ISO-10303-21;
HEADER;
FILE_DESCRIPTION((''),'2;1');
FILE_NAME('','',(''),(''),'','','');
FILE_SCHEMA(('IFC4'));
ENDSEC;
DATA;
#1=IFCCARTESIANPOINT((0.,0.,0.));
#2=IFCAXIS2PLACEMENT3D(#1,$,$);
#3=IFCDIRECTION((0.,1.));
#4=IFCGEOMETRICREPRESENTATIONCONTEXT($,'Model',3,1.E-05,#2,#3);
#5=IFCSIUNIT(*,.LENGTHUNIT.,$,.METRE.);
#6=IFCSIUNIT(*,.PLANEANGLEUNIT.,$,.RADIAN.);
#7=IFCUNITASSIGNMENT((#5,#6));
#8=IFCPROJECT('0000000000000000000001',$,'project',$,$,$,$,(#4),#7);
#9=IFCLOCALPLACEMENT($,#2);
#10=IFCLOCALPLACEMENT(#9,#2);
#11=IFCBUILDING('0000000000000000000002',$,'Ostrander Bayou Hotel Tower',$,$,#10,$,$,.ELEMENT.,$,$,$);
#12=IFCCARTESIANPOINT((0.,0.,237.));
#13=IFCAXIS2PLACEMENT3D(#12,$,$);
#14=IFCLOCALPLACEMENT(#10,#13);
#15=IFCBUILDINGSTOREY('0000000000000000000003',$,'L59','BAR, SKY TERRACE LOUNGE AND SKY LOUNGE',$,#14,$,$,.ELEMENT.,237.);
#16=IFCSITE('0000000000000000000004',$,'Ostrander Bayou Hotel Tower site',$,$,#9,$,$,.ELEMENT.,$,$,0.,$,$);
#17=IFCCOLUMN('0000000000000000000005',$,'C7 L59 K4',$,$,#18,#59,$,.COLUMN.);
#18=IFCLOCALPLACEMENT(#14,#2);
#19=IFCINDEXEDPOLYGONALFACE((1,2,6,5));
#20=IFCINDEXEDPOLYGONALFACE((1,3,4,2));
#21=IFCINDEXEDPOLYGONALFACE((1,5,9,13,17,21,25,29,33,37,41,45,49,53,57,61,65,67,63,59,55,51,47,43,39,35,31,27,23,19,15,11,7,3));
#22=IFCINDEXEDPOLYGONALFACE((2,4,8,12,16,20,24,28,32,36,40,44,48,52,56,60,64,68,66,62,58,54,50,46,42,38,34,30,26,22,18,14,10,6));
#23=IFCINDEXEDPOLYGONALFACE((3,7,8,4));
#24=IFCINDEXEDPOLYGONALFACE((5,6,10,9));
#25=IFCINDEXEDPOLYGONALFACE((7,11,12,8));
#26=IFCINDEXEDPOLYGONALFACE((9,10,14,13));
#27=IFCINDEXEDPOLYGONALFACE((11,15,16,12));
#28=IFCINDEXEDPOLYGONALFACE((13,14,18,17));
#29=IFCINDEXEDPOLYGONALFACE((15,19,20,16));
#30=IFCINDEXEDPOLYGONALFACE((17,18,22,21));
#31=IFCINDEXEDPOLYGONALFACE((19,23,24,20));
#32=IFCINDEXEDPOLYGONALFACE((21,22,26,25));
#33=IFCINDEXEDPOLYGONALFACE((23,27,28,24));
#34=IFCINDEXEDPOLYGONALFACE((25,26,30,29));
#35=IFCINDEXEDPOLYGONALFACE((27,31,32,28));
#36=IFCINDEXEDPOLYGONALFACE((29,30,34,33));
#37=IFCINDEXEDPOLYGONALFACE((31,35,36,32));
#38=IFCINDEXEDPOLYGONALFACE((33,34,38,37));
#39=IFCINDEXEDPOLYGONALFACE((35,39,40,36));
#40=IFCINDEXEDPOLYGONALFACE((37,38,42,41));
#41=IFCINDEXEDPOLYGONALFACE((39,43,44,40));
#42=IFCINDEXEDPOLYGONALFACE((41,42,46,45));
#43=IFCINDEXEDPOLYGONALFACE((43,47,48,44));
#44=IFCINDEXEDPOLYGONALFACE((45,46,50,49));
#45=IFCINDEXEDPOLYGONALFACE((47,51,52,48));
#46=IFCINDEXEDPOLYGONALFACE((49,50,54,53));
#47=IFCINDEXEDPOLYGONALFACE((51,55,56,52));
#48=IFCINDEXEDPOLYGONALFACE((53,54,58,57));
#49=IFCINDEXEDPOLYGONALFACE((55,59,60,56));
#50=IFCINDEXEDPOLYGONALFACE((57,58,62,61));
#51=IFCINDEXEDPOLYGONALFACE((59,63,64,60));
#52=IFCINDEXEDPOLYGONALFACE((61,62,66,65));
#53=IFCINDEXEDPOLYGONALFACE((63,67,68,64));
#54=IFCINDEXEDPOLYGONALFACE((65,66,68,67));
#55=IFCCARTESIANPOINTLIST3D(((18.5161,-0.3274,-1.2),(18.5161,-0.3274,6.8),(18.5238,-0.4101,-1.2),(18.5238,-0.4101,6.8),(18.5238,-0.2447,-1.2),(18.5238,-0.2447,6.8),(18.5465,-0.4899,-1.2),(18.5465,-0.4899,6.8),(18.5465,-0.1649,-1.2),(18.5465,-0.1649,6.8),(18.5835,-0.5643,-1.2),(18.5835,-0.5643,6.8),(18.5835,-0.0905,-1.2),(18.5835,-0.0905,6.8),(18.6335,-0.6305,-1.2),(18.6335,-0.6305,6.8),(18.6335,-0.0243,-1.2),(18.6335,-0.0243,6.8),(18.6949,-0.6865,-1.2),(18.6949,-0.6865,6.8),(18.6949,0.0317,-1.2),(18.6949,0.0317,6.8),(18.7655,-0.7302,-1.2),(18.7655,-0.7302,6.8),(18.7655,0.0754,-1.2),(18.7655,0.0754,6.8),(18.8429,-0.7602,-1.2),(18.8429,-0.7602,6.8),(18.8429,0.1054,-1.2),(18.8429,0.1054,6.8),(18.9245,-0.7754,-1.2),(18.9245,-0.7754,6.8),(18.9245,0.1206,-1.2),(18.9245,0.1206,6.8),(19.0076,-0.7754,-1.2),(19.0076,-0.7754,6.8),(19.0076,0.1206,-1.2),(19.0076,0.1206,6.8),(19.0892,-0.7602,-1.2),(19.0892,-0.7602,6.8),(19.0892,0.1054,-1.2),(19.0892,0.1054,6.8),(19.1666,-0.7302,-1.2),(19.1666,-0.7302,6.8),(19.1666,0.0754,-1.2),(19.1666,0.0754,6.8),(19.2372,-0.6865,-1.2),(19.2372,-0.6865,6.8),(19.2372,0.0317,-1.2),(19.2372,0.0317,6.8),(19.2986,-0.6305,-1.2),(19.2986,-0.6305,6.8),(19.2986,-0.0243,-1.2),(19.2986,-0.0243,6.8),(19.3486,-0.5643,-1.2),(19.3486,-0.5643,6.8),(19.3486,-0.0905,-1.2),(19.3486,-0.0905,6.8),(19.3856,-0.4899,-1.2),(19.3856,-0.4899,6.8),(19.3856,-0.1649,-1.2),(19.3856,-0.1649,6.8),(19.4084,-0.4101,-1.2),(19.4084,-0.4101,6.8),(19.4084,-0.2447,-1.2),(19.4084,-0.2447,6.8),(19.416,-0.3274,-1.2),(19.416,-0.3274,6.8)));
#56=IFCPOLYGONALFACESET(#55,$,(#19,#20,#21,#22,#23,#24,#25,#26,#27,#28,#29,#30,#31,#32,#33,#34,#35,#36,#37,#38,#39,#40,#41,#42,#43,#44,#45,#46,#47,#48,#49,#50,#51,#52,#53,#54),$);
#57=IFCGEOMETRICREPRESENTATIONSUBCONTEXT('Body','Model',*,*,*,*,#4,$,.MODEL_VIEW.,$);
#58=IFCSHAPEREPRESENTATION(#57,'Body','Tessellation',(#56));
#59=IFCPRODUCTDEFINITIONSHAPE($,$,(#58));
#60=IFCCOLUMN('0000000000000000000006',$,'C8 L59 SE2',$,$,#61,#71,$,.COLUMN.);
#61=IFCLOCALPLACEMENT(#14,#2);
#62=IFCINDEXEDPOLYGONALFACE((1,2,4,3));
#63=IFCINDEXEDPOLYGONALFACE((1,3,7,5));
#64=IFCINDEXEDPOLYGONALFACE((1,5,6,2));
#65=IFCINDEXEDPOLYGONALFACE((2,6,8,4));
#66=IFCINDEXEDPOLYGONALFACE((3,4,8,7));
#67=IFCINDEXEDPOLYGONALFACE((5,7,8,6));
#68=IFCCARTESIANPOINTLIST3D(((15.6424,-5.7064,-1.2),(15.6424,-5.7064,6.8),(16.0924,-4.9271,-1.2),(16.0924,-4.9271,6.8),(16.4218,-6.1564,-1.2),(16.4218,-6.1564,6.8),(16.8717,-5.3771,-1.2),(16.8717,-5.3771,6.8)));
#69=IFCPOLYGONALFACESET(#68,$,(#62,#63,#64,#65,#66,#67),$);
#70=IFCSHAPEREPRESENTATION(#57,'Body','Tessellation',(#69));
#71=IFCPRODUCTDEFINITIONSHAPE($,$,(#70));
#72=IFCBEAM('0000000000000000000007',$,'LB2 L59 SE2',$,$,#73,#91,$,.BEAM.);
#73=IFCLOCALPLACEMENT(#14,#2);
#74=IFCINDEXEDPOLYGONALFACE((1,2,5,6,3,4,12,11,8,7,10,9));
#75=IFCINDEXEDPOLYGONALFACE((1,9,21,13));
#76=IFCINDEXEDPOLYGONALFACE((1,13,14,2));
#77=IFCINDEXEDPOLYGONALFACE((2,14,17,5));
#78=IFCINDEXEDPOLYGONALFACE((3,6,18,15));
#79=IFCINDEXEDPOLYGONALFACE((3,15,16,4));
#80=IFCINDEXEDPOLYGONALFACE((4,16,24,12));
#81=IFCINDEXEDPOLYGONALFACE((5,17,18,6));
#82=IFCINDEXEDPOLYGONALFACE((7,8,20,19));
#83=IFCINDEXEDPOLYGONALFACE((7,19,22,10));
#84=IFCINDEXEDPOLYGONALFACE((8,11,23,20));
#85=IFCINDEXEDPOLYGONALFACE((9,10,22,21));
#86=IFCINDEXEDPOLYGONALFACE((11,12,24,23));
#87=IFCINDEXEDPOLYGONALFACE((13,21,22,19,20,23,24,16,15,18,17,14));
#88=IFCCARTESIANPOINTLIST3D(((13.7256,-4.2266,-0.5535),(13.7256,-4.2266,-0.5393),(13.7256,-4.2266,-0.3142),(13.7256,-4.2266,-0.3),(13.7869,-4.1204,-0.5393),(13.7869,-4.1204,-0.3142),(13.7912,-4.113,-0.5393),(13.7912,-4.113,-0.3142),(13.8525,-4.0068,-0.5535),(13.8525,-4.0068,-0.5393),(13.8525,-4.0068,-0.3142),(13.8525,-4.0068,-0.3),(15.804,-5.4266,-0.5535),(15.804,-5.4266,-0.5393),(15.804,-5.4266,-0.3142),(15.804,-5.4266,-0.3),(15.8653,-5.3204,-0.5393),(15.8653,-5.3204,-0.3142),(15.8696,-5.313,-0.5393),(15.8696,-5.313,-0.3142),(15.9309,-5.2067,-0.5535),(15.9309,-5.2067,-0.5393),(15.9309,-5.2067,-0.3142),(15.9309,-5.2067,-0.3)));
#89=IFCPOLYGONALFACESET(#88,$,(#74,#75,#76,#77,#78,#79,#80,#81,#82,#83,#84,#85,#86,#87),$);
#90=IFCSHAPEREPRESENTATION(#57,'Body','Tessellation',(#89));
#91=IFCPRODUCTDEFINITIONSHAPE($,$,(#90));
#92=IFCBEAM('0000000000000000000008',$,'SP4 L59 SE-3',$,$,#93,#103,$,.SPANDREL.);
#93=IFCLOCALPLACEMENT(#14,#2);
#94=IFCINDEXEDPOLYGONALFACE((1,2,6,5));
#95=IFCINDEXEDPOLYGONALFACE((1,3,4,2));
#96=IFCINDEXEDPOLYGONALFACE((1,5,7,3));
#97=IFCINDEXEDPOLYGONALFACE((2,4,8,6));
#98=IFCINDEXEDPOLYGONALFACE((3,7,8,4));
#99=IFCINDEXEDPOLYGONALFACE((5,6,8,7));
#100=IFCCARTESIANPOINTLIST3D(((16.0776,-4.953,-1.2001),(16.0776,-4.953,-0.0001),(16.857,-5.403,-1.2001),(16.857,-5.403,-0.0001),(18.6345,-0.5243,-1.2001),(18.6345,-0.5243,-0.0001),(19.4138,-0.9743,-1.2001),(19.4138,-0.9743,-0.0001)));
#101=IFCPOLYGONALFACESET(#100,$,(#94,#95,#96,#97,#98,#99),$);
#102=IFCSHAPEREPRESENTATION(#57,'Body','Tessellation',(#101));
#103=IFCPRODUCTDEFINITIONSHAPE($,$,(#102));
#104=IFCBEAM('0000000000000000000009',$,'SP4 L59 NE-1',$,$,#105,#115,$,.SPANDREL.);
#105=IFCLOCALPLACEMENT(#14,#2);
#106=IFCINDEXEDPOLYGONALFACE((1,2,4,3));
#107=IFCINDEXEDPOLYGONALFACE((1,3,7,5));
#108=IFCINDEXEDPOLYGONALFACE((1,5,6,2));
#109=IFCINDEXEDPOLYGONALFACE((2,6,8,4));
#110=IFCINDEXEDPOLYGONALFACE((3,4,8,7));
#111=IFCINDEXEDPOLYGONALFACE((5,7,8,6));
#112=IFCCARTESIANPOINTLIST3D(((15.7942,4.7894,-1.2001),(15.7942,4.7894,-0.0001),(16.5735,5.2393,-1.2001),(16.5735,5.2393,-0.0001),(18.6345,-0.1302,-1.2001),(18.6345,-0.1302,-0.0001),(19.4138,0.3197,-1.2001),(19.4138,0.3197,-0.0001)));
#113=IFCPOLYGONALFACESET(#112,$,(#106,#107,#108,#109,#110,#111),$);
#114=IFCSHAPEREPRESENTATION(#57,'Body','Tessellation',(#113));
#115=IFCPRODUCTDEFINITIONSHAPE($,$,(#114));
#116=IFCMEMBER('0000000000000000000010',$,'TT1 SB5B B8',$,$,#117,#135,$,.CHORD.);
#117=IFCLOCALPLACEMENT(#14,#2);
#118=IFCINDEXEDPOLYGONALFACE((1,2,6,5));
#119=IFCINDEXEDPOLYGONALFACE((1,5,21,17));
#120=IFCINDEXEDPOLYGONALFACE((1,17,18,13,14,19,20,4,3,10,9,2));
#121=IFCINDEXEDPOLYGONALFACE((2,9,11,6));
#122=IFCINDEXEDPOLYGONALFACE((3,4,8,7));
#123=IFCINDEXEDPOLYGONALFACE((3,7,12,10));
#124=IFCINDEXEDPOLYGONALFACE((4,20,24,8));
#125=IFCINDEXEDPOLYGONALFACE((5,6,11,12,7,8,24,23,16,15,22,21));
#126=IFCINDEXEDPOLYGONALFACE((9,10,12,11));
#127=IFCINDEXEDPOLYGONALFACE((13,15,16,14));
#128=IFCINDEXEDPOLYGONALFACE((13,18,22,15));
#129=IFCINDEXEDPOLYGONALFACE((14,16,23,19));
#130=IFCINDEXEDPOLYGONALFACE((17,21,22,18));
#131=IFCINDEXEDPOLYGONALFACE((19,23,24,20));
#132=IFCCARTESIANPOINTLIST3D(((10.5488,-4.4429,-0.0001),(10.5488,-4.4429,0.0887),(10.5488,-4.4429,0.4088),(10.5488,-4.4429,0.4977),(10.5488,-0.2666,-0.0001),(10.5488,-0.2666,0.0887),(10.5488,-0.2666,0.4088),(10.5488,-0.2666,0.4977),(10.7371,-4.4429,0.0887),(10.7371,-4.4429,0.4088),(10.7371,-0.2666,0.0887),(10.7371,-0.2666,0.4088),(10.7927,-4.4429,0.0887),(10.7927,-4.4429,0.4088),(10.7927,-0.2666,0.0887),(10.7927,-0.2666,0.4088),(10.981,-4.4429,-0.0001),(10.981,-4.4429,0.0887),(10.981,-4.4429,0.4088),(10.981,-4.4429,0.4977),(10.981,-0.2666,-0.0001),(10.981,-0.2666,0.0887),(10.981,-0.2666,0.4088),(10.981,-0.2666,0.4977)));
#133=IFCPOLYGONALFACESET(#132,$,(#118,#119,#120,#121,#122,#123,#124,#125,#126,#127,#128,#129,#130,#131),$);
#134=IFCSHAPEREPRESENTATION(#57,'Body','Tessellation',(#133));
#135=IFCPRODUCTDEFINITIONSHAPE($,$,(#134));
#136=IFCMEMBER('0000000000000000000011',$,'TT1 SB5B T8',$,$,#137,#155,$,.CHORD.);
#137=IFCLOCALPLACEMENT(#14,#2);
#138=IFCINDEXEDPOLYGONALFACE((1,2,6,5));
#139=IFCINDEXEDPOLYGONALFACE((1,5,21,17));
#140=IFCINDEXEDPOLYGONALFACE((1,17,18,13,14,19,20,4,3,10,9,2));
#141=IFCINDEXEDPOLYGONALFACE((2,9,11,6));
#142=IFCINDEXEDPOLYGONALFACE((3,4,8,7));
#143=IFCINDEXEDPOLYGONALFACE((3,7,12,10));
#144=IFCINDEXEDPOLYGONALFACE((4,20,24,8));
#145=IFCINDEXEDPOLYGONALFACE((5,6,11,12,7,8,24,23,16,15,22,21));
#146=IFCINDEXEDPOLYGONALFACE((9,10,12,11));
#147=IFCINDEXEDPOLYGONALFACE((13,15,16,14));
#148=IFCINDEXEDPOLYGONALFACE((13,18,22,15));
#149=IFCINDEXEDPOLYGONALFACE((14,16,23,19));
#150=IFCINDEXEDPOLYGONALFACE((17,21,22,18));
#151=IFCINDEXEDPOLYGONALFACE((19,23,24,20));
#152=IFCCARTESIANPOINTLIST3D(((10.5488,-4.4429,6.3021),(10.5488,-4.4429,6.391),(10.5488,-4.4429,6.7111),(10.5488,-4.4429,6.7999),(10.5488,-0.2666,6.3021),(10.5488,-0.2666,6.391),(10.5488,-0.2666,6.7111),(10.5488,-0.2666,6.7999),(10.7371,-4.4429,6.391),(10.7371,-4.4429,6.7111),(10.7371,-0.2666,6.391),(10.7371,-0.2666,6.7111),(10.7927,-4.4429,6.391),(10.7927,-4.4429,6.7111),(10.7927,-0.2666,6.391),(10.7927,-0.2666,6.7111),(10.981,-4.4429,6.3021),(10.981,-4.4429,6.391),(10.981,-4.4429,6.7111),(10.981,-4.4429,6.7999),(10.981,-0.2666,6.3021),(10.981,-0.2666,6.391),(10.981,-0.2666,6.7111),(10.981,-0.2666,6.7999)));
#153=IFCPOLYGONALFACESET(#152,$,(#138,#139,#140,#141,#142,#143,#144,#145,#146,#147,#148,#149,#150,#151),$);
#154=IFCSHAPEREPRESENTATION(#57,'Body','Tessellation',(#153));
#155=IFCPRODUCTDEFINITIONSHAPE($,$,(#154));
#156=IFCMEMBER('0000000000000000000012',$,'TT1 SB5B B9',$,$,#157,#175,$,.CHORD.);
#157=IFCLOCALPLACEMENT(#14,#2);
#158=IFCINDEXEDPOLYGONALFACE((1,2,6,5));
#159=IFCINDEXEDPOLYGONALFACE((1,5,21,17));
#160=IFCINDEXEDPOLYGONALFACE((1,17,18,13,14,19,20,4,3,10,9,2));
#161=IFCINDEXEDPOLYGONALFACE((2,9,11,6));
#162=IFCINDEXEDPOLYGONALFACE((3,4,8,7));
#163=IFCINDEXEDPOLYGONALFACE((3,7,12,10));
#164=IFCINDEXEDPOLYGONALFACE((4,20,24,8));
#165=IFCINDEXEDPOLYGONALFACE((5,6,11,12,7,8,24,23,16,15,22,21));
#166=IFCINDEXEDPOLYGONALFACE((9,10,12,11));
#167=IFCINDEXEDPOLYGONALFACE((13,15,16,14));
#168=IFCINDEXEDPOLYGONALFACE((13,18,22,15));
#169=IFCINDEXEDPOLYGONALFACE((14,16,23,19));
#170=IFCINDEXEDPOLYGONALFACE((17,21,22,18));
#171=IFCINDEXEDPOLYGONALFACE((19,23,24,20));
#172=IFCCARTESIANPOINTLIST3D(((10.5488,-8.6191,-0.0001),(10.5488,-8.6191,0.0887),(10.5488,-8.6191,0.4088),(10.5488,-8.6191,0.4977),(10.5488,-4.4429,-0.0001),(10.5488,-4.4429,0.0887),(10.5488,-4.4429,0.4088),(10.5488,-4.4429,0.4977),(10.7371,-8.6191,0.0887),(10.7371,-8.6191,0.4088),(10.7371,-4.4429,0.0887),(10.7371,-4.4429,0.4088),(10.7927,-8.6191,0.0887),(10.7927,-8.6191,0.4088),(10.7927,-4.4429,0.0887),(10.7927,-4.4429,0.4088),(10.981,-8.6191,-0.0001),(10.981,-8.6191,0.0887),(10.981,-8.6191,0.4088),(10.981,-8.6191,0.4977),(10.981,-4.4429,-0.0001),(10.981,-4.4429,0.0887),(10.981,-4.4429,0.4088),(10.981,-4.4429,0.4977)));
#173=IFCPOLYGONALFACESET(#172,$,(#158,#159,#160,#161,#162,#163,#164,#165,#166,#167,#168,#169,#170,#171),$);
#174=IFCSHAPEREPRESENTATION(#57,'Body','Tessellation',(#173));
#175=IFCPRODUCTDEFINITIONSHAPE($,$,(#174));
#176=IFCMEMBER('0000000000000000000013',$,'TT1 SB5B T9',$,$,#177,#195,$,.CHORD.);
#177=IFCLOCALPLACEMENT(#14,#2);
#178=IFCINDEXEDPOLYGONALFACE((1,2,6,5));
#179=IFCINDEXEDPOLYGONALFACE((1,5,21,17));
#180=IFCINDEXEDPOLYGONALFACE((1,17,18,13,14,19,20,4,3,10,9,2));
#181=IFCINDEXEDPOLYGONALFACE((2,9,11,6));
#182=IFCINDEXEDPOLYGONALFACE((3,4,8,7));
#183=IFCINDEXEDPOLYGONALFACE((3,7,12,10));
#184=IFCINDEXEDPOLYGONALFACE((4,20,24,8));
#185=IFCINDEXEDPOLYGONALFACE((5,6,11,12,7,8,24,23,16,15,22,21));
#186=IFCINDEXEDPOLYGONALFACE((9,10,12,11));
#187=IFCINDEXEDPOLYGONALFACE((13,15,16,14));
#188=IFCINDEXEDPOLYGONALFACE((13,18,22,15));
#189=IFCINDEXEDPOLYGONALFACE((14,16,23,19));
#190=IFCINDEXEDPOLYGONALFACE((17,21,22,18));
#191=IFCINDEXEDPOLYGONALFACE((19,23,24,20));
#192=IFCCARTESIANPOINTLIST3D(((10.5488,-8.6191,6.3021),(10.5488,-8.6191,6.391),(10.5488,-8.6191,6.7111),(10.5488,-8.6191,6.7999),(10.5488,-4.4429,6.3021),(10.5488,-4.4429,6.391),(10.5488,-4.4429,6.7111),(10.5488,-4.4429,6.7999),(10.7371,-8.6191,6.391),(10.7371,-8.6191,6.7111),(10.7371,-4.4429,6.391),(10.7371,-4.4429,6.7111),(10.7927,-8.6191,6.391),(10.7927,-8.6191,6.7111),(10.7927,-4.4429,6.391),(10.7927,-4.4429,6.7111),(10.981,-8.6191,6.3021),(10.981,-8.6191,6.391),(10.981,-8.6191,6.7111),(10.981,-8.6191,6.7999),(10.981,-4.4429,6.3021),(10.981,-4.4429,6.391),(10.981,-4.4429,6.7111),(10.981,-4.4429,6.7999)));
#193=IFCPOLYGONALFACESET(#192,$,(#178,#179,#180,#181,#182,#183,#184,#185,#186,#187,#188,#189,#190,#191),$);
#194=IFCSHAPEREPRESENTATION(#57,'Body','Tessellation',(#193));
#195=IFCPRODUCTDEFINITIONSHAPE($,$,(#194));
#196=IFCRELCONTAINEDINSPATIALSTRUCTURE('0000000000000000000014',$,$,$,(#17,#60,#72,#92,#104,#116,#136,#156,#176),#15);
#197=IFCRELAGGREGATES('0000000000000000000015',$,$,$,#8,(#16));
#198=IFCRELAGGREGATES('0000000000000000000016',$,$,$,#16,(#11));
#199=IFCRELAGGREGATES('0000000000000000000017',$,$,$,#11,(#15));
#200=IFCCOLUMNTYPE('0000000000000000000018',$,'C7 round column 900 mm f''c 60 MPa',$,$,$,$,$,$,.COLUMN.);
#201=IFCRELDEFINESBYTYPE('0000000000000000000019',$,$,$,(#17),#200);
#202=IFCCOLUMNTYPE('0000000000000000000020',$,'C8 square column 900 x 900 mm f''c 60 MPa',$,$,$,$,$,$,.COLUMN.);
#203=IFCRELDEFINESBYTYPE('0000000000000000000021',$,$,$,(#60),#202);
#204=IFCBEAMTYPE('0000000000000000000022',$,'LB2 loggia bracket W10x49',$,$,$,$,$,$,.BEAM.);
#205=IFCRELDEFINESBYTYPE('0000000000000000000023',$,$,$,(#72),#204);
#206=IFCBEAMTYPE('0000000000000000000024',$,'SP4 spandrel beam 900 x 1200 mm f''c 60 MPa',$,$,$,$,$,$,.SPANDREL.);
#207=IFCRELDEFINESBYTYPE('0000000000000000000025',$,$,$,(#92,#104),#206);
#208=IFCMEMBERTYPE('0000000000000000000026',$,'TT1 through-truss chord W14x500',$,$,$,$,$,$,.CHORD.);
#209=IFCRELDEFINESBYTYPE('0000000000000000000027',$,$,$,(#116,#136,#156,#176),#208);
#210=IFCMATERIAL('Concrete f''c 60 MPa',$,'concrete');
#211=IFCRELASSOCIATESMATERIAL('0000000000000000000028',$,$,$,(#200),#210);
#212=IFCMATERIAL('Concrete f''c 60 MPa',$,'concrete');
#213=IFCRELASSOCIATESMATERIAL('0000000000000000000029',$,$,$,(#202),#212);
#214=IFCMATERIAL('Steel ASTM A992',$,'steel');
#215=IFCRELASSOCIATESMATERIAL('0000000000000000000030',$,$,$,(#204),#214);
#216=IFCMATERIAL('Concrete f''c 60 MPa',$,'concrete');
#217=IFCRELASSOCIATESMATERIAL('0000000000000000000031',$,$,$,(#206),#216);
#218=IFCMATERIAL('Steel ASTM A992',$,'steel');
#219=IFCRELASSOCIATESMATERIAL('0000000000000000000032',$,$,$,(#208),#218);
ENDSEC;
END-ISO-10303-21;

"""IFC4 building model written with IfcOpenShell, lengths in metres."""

from ifc_helpers import new_model, si_unit, direction, frame, origin, origin_2d, place, context, subcontext, project, spatial, rectangle, circle, i_section, extrude, material, material_profile, profile_set, type_object, element, save


model = new_model("IFC4")

# Units and contexts
model_context = context("Model", 3, precision=1e-05, world=origin(), true_north=direction((0.0, 1.0)))
body_context = subcontext(model_context, "Body", "Model", "MODEL_VIEW")
ifc_project = project(units=[si_unit("LENGTHUNIT", "METRE"), si_unit("PLANEANGLEUNIT", "RADIAN")], contexts=[model_context])

# Site, building, storey
site_placement = place(None, origin())
site = spatial("IfcSite", under=ifc_project, at=site_placement, Name="Ostrander Bayou Hotel Tower site", CompositionType="ELEMENT", RefElevation=0.0)
building_placement = place(site_placement, origin())
building = spatial("IfcBuilding", under=site, at=building_placement, Name="Ostrander Bayou Hotel Tower", CompositionType="ELEMENT")
storey_placement = place(building_placement, frame((0.0, 0.0, 237.0)))
storey = spatial("IfcBuildingStorey", under=building, at=storey_placement, Name="L59", Description="BAR, SKY TERRACE LOUNGE AND SKY LOUNGE", CompositionType="ELEMENT", Elevation=237.0)

# Columns
ifc_material_1 = material(Name="Concrete f'c 60 MPa", Category="concrete")
ifc_material_profile_1 = material_profile(ifc_material_1, circle(Radius=0.45, at=origin_2d()))
ifc_profile_set_1 = profile_set([ifc_material_profile_1], Name="Concrete f'c 60 MPa")
column_type_1 = type_object("IfcColumnType", Name="C7 round column 900 mm f'c 60 MPa", PredefinedType="COLUMN", material=ifc_profile_set_1)
column_1_placement = place(storey_placement, frame((18.9661, -0.3274, -1.2), z_axis=(0.0, 0.0, 1.0), x_axis=(1.0, 0.0, 0.0)))
element("IfcColumn", 1, at=column_1_placement, inside=storey, type_object=column_type_1, Name="C7 L59 K4", PredefinedType="COLUMN", context=body_context, shape_type="SweptSolid", body=[
    extrude(circle(Radius=0.45, at=origin_2d()), origin(), (0.0, 0.0, 1.0), 8.0),
])
ifc_material_2 = material(Name="Concrete f'c 60 MPa", Category="concrete")
ifc_material_profile_2 = material_profile(ifc_material_2, rectangle(XDim=0.8999, YDim=0.8999, at=origin_2d()))
ifc_profile_set_2 = profile_set([ifc_material_profile_2], Name="Concrete f'c 60 MPa")
column_type_2 = type_object("IfcColumnType", Name="C8 square column 900 x 900 mm f'c 60 MPa", PredefinedType="COLUMN", material=ifc_profile_set_2)
column_2_placement = place(storey_placement, frame((16.2571, -5.5417, -1.2), z_axis=(0.0, 0.0, 1.0), x_axis=(-0.5, -0.866025, 0.0)))
element("IfcColumn", 2, at=column_2_placement, inside=storey, type_object=column_type_2, Name="C8 L59 SE2", PredefinedType="COLUMN", context=body_context, shape_type="SweptSolid", body=[
    extrude(rectangle(XDim=0.8999, YDim=0.8999, at=origin_2d()), origin(), (0.0, 0.0, 1.0), 8.0),
])

# Beams
ifc_material_3 = material(Name="Steel ASTM A992", Category="steel")
ifc_material_profile_3 = material_profile(ifc_material_3, i_section(OverallWidth=0.2539, OverallDepth=0.2534, WebThickness=0.0085, FlangeThickness=0.0142, at=origin_2d()))
ifc_profile_set_3 = profile_set([ifc_material_profile_3], Name="Steel ASTM A992")
beam_type_1 = type_object("IfcBeamType", Name="LB2 loggia bracket W10x49", PredefinedType="BEAM", material=ifc_profile_set_3)
beam_1_placement = place(storey_placement, frame((15.8674, -5.3167, -0.4268), z_axis=(-0.866025, 0.500001, 0.0), x_axis=(-0.500001, -0.866025, 0.0)))
element("IfcBeam", 3, at=beam_1_placement, inside=storey, type_object=beam_type_1, Name="LB2 L59 SE2", PredefinedType="BEAM", context=body_context, shape_type="SweptSolid", body=[
    extrude(i_section(OverallWidth=0.2539, OverallDepth=0.2534, WebThickness=0.0085, FlangeThickness=0.0142, at=origin_2d()), origin(), (0.0, 0.0, 1.0), 2.3999),
])
ifc_material_4 = material(Name="Concrete f'c 60 MPa", Category="concrete")
ifc_material_profile_4 = material_profile(ifc_material_4, rectangle(XDim=0.8999, YDim=1.2, at=origin_2d()))
ifc_profile_set_4 = profile_set([ifc_material_profile_4], Name="Concrete f'c 60 MPa")
beam_type_2 = type_object("IfcBeamType", Name="SP4 spandrel beam 900 x 1200 mm f'c 60 MPa", PredefinedType="SPANDREL", material=ifc_profile_set_4)
beam_2_placement = place(storey_placement, frame((16.4673, -5.178, -0.6001), z_axis=(0.499995, 0.866028, 0.0), x_axis=(-0.866028, 0.499995, 0.0)))
element("IfcBeam", 4, at=beam_2_placement, inside=storey, type_object=beam_type_2, Name="SP4 L59 SE-3", PredefinedType="SPANDREL", context=body_context, shape_type="SweptSolid", body=[
    extrude(rectangle(XDim=0.8999, YDim=1.2, at=origin_2d()), origin(), (0.0, 0.0, 1.0), 5.1138),
])
beam_3_placement = place(storey_placement, frame((19.0242, 0.0947, -0.6001), z_axis=(-0.499994, 0.866029, 0.0), x_axis=(-0.866029, -0.499994, 0.0)))
element("IfcBeam", 5, at=beam_3_placement, inside=storey, type_object=beam_type_2, Name="SP4 L59 NE-1", PredefinedType="SPANDREL", context=body_context, shape_type="SweptSolid", body=[
    extrude(rectangle(XDim=0.8999, YDim=1.2, at=origin_2d()), origin(), (0.0, 0.0, 1.0), 5.6807),
])

# Members
ifc_material_5 = material(Name="Steel ASTM A992", Category="steel")
ifc_material_profile_5 = material_profile(ifc_material_5, i_section(OverallWidth=0.4321, OverallDepth=0.4978, WebThickness=0.0557, FlangeThickness=0.0889, at=origin_2d()))
ifc_profile_set_5 = profile_set([ifc_material_profile_5], Name="Steel ASTM A992")
member_type_1 = type_object("IfcMemberType", Name="TT1 through-truss chord W14x500", PredefinedType="CHORD", material=ifc_profile_set_5)
for number, where, z_axis, x_axis, name in (
    (6, (10.7649, -0.2666, 0.2488), (0.0, -1.0, 0.0), (1.0, 0.0, 0.0), "TT1 SB5B B8"),
    (7, (10.7649, -0.2666, 6.551), (0.0, -1.0, 0.0), (1.0, 0.0, 0.0), "TT1 SB5B T8"),
    (8, (10.7649, -4.4429, 0.2488), (0.0, -1.0, 0.0), (1.0, 0.0, 0.0), "TT1 SB5B B9"),
    (9, (10.7649, -4.4429, 6.551), (0.0, -1.0, 0.0), (1.0, 0.0, 0.0), "TT1 SB5B T9"),
):
    element("IfcMember", number, at=place(storey_placement, frame(where, z_axis=z_axis, x_axis=x_axis)), inside=storey, type_object=member_type_1, Name=name, PredefinedType="CHORD", context=body_context, shape_type="SweptSolid", body=[
        extrude(i_section(OverallWidth=0.4321, OverallDepth=0.4978, WebThickness=0.0557, FlangeThickness=0.0889, at=origin_2d()), origin(), (0.0, 0.0, 1.0), 4.1763),
    ])

save(model, "model.ifc")
